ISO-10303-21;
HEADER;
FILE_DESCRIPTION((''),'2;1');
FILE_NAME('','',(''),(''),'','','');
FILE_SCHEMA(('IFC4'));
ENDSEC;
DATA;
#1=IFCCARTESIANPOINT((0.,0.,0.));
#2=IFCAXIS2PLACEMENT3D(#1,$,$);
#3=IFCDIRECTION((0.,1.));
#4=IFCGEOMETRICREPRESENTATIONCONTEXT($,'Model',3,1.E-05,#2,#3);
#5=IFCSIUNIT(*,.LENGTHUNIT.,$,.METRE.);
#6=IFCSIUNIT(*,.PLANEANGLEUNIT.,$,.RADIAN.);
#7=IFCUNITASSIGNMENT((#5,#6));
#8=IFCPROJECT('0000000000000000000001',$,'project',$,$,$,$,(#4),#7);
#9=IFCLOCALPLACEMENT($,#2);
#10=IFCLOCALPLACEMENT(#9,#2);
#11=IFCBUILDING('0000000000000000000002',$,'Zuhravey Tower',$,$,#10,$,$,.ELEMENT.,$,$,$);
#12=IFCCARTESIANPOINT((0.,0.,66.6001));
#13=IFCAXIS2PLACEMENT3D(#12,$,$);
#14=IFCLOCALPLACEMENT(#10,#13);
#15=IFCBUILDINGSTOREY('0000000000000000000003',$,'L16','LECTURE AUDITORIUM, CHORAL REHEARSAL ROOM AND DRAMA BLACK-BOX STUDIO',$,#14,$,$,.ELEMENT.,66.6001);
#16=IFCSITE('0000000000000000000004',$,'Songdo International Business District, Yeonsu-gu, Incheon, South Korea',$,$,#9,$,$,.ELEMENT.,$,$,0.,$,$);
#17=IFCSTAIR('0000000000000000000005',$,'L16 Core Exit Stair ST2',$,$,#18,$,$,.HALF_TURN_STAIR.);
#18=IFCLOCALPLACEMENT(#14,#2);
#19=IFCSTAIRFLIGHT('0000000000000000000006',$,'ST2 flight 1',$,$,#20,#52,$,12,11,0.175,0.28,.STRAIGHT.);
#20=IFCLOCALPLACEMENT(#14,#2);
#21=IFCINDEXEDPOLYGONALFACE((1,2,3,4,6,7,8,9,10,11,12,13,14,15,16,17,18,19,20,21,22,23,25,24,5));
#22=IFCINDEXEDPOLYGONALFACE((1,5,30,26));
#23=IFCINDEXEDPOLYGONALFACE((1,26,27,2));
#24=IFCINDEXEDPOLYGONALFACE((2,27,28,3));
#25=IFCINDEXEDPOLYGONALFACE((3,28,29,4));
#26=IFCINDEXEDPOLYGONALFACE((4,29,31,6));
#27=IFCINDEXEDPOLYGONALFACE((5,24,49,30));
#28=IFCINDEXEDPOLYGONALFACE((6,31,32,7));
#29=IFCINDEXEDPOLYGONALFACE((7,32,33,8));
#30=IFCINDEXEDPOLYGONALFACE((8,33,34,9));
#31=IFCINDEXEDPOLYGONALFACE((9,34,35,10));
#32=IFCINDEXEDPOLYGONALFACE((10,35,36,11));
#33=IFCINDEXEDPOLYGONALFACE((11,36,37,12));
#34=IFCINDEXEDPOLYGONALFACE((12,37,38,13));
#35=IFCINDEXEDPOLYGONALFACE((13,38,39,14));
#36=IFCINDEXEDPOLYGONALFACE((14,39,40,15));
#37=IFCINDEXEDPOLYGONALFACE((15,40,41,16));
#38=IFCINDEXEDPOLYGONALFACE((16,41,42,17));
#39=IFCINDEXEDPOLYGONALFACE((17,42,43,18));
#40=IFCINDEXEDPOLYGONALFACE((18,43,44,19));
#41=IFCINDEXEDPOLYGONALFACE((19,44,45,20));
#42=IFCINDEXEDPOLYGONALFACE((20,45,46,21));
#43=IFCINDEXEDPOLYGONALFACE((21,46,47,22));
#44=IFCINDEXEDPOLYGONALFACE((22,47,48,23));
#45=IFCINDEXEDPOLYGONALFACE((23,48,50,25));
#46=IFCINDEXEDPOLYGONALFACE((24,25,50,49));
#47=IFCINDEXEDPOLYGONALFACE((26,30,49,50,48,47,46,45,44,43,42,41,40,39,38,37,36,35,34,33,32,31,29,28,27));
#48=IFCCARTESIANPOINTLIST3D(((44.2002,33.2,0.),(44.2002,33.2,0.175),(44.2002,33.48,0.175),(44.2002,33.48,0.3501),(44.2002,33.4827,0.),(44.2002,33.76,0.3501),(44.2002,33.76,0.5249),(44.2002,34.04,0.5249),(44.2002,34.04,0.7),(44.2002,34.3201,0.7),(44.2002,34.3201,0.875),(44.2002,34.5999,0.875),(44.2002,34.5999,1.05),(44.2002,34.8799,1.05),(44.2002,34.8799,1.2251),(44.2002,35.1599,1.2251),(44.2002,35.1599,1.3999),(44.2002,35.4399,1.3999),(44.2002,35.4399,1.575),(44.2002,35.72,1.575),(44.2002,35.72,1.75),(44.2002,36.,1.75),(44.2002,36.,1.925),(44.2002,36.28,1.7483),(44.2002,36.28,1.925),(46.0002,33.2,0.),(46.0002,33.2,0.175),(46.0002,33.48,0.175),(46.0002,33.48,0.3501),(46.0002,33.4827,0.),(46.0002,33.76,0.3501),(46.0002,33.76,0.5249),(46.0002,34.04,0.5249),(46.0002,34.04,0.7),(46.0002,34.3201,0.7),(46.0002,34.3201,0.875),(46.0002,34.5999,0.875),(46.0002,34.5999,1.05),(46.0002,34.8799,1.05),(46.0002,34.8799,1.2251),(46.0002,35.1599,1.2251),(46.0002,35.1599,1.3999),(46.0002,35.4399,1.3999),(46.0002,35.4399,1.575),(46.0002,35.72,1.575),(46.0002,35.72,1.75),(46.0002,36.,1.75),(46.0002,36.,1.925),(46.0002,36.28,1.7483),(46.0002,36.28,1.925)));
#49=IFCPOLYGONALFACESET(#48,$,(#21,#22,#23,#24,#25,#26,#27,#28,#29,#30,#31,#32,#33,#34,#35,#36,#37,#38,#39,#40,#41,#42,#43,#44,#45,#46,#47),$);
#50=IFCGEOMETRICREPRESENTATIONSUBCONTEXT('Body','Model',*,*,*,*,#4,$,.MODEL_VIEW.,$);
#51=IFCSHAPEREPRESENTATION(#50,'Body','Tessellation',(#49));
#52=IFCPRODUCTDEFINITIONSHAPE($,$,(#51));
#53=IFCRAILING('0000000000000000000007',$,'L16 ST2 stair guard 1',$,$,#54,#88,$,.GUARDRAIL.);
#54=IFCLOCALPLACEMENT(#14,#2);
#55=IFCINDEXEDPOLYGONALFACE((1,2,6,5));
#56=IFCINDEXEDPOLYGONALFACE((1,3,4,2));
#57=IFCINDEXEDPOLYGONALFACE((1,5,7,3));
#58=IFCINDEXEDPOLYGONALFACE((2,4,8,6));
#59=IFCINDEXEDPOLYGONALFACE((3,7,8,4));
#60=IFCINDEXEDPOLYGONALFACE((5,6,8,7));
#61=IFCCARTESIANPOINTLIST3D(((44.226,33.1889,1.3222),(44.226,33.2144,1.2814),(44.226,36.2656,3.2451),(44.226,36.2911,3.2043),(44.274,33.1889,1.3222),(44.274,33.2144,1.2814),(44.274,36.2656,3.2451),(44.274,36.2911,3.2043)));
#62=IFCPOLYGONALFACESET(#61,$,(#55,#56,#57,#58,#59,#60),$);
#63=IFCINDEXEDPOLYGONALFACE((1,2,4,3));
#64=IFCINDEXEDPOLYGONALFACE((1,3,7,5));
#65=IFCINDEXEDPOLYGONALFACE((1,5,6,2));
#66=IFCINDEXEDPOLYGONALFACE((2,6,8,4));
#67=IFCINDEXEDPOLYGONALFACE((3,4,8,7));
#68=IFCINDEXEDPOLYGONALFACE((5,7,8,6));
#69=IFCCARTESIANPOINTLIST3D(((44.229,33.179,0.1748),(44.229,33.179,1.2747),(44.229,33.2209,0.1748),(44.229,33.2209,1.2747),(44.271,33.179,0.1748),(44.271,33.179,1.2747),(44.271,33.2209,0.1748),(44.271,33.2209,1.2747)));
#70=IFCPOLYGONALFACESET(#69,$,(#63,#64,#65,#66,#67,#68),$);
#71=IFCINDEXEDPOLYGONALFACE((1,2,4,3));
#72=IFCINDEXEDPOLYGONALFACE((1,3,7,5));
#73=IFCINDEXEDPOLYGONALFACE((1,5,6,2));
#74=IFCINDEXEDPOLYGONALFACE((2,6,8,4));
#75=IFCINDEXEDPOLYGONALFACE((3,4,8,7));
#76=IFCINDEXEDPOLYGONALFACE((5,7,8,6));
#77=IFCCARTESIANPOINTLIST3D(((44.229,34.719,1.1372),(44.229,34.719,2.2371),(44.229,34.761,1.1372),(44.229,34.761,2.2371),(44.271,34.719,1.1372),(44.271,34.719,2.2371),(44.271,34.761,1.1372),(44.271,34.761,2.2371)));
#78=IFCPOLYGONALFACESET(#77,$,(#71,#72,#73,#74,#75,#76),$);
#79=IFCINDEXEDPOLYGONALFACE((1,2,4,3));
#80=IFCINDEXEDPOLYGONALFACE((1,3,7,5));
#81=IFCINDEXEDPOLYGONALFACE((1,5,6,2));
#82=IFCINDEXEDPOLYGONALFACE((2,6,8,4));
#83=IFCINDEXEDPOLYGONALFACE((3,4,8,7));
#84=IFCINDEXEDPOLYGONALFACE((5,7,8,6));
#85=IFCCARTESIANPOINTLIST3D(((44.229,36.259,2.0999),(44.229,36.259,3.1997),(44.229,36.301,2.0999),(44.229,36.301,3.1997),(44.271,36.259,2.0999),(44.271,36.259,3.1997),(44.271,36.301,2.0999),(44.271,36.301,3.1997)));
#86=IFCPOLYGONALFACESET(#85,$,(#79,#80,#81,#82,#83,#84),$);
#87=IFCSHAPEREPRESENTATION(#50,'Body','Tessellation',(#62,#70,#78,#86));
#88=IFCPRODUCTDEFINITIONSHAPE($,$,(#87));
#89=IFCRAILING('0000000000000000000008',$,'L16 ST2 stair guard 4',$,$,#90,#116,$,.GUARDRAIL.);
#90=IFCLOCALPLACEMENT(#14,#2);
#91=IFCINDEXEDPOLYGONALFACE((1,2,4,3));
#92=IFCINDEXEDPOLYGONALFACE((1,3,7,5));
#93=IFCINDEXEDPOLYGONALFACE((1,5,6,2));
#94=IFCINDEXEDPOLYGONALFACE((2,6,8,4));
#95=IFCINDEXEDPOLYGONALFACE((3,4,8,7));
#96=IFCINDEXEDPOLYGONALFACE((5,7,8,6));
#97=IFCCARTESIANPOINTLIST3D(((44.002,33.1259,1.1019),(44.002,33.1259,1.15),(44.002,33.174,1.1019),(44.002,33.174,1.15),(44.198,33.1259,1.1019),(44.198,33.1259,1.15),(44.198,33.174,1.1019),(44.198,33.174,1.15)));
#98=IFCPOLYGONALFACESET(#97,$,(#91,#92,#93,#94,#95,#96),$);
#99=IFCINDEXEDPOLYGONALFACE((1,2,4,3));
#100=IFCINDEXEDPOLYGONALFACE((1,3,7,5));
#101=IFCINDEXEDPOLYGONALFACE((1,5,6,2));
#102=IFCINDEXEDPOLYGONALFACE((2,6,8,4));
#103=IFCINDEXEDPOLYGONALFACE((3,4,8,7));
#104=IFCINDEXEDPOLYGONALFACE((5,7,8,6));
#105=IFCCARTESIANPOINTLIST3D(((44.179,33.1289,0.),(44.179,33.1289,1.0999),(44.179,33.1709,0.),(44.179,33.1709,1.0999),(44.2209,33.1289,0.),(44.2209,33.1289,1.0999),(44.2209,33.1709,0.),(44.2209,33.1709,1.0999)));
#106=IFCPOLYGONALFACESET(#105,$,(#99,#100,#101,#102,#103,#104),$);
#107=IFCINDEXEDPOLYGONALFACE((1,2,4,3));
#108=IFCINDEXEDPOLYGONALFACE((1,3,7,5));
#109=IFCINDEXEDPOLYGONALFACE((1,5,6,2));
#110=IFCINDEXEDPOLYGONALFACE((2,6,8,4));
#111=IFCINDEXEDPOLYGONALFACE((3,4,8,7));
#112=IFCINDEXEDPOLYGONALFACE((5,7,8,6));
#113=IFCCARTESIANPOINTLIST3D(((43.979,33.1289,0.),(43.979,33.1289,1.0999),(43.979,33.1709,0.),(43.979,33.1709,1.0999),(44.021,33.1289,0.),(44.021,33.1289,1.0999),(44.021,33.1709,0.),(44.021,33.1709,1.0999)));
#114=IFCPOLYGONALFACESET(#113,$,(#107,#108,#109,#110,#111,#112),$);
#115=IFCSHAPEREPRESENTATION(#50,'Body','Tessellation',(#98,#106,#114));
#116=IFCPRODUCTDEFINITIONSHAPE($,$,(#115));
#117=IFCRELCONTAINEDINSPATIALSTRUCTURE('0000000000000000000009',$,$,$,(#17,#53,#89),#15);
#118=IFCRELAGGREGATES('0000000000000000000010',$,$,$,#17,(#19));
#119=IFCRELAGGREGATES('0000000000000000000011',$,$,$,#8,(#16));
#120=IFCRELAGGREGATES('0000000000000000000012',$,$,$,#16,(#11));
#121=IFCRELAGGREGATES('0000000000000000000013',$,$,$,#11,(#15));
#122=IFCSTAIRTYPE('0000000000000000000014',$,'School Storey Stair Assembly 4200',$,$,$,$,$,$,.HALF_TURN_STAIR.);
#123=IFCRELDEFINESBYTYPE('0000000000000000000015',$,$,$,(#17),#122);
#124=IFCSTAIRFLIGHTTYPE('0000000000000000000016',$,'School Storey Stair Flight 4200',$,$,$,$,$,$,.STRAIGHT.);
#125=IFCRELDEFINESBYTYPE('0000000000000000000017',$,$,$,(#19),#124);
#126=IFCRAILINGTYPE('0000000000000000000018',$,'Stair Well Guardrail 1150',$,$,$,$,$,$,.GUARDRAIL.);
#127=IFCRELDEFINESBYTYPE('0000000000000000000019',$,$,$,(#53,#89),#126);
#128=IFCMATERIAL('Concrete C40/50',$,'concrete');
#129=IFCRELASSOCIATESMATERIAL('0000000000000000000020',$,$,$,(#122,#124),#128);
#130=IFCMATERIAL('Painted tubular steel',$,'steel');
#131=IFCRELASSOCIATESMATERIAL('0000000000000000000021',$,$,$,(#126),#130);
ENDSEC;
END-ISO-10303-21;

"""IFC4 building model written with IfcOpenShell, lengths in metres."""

from ifc_helpers import new_model, si_unit, direction, frame, origin, origin_2d, place, context, subcontext, project, spatial, polyline, rectangle, outline, extrude, material, type_object, element, aggregate, save


model = new_model("IFC4")

# Units and contexts
model_context = context("Model", 3, precision=1e-05, world=origin(), true_north=direction((0.0, 1.0)))
body_context = subcontext(model_context, "Body", "Model", "MODEL_VIEW")
ifc_project = project(units=[si_unit("LENGTHUNIT", "METRE"), si_unit("PLANEANGLEUNIT", "RADIAN")], contexts=[model_context])

# Site, building, storey
site_placement = place(None, origin())
site = spatial("IfcSite", under=ifc_project, at=site_placement, Name="Songdo International Business District, Yeonsu-gu, Incheon, South Korea", CompositionType="ELEMENT", RefElevation=0.0)
building_placement = place(site_placement, origin())
building = spatial("IfcBuilding", under=site, at=building_placement, Name="Zuhravey Tower", CompositionType="ELEMENT")
storey_placement = place(building_placement, frame((0.0, 0.0, 66.6001)))
storey = spatial("IfcBuildingStorey", under=building, at=storey_placement, Name="L16", Description="LECTURE AUDITORIUM, CHORAL REHEARSAL ROOM AND DRAMA BLACK-BOX STUDIO", CompositionType="ELEMENT", Elevation=66.6001)

# Stair, stair flight
ifc_material_1 = material(Name="Concrete C40/50", Category="concrete")
stair_type = type_object("IfcStairType", Name="School Storey Stair Assembly 4200", PredefinedType="HALF_TURN_STAIR", material=ifc_material_1)
stair_placement = place(storey_placement, origin())
stair = element("IfcStair", 1, at=stair_placement, inside=storey, type_object=stair_type, Name="L16 Core Exit Stair ST2", PredefinedType="HALF_TURN_STAIR")
stair_flight_type = type_object("IfcStairFlightType", Name="School Storey Stair Flight 4200", PredefinedType="STRAIGHT", material=ifc_material_1)
stair_flight_placement = place(storey_placement, frame((45.1001, 33.2, 0.0), z_axis=(0.0, 0.0, 1.0), x_axis=(0.0, 1.0, 0.0)))
stair_flight = element("IfcStairFlight", 2, at=stair_flight_placement, type_object=stair_flight_type, Name="ST2 flight 1", NumberOfRisers=12, NumberOfTreads=11, PredefinedType="STRAIGHT", RiserHeight=0.175, TreadLength=0.28, context=body_context, shape_type="SweptSolid", body=[
    extrude(outline(polyline([(0.0, 0.0), (0.0, 0.175), (0.28, 0.175), (0.28, 0.3501), (0.5601, 0.3501), (0.5601, 0.5249), (0.8401, 0.5249), (0.8401, 0.7), (1.1201, 0.7), (1.1201, 0.875), (1.3999, 0.875), (1.3999, 1.05), (1.6799, 1.05), (1.6799, 1.2251), (1.96, 1.2251), (1.96, 1.3999), (2.24, 1.3999), (2.24, 1.575), (2.52, 1.575), (2.52, 1.75), (2.8, 1.75), (2.8, 1.925), (3.0801, 1.925), (3.0801, 2.1001), (3.0801, 1.7483), (0.2827, 0.0), (0.0, 0.0)])), frame((0.0, 0.8999, 0.0), z_axis=(0.0, -1.0, 0.0), x_axis=(1.0, 0.0, 0.0)), (0.0, 0.0, 1.0), 1.8),
])
aggregate(stair, [stair_flight])

# Railings
ifc_material_2 = material(Name="Painted tubular steel", Category="steel")
railing_type = type_object("IfcRailingType", Name="Stair Well Guardrail 1150", PredefinedType="GUARDRAIL", material=ifc_material_2)
railing_1_placement = place(storey_placement, frame((44.25, 33.2, 0.1748)))
element("IfcRailing", 3, at=railing_1_placement, inside=storey, type_object=railing_type, Name="L16 ST2 stair guard 1", PredefinedType="GUARDRAIL", context=body_context, shape_type="SweptSolid", body=[
    extrude(rectangle(XDim=0.0481, YDim=0.0481, at=origin_2d()), frame((0.0, 0.0017, 1.127), z_axis=(0.0, 0.847998, 0.529999), x_axis=(-1.0, 0.0, 0.0)), (0.0, 0.0, 1.0), 3.6282),
    extrude(rectangle(XDim=0.042, YDim=0.042, at=origin_2d()), origin(), (0.0, 0.0, 1.0), 1.0999),
    extrude(rectangle(XDim=0.042, YDim=0.042, at=origin_2d()), frame((0.0, 1.54, 0.9624)), (0.0, 0.0, 1.0), 1.0999),
    extrude(rectangle(XDim=0.042, YDim=0.042, at=origin_2d()), frame((0.0, 3.0801, 1.925)), (0.0, 0.0, 1.0), 1.0999),
])
railing_2_placement = place(storey_placement, frame((44.2, 33.1499, 0.0)))
element("IfcRailing", 4, at=railing_2_placement, inside=storey, type_object=railing_type, Name="L16 ST2 stair guard 4", PredefinedType="GUARDRAIL", context=body_context, shape_type="SweptSolid", body=[
    extrude(rectangle(XDim=0.0481, YDim=0.0481, at=origin_2d()), frame((-0.002, 0.0, 1.126), z_axis=(-1.0, 0.0, 0.0), x_axis=(0.0, -1.0, 0.0)), (0.0, 0.0, 1.0), 0.196),
    extrude(rectangle(XDim=0.042, YDim=0.042, at=origin_2d()), origin(), (0.0, 0.0, 1.0), 1.0999),
    extrude(rectangle(XDim=0.042, YDim=0.042, at=origin_2d()), frame((-0.2, 0.0, 0.0)), (0.0, 0.0, 1.0), 1.0999),
])

save(model, "model.ifc")
